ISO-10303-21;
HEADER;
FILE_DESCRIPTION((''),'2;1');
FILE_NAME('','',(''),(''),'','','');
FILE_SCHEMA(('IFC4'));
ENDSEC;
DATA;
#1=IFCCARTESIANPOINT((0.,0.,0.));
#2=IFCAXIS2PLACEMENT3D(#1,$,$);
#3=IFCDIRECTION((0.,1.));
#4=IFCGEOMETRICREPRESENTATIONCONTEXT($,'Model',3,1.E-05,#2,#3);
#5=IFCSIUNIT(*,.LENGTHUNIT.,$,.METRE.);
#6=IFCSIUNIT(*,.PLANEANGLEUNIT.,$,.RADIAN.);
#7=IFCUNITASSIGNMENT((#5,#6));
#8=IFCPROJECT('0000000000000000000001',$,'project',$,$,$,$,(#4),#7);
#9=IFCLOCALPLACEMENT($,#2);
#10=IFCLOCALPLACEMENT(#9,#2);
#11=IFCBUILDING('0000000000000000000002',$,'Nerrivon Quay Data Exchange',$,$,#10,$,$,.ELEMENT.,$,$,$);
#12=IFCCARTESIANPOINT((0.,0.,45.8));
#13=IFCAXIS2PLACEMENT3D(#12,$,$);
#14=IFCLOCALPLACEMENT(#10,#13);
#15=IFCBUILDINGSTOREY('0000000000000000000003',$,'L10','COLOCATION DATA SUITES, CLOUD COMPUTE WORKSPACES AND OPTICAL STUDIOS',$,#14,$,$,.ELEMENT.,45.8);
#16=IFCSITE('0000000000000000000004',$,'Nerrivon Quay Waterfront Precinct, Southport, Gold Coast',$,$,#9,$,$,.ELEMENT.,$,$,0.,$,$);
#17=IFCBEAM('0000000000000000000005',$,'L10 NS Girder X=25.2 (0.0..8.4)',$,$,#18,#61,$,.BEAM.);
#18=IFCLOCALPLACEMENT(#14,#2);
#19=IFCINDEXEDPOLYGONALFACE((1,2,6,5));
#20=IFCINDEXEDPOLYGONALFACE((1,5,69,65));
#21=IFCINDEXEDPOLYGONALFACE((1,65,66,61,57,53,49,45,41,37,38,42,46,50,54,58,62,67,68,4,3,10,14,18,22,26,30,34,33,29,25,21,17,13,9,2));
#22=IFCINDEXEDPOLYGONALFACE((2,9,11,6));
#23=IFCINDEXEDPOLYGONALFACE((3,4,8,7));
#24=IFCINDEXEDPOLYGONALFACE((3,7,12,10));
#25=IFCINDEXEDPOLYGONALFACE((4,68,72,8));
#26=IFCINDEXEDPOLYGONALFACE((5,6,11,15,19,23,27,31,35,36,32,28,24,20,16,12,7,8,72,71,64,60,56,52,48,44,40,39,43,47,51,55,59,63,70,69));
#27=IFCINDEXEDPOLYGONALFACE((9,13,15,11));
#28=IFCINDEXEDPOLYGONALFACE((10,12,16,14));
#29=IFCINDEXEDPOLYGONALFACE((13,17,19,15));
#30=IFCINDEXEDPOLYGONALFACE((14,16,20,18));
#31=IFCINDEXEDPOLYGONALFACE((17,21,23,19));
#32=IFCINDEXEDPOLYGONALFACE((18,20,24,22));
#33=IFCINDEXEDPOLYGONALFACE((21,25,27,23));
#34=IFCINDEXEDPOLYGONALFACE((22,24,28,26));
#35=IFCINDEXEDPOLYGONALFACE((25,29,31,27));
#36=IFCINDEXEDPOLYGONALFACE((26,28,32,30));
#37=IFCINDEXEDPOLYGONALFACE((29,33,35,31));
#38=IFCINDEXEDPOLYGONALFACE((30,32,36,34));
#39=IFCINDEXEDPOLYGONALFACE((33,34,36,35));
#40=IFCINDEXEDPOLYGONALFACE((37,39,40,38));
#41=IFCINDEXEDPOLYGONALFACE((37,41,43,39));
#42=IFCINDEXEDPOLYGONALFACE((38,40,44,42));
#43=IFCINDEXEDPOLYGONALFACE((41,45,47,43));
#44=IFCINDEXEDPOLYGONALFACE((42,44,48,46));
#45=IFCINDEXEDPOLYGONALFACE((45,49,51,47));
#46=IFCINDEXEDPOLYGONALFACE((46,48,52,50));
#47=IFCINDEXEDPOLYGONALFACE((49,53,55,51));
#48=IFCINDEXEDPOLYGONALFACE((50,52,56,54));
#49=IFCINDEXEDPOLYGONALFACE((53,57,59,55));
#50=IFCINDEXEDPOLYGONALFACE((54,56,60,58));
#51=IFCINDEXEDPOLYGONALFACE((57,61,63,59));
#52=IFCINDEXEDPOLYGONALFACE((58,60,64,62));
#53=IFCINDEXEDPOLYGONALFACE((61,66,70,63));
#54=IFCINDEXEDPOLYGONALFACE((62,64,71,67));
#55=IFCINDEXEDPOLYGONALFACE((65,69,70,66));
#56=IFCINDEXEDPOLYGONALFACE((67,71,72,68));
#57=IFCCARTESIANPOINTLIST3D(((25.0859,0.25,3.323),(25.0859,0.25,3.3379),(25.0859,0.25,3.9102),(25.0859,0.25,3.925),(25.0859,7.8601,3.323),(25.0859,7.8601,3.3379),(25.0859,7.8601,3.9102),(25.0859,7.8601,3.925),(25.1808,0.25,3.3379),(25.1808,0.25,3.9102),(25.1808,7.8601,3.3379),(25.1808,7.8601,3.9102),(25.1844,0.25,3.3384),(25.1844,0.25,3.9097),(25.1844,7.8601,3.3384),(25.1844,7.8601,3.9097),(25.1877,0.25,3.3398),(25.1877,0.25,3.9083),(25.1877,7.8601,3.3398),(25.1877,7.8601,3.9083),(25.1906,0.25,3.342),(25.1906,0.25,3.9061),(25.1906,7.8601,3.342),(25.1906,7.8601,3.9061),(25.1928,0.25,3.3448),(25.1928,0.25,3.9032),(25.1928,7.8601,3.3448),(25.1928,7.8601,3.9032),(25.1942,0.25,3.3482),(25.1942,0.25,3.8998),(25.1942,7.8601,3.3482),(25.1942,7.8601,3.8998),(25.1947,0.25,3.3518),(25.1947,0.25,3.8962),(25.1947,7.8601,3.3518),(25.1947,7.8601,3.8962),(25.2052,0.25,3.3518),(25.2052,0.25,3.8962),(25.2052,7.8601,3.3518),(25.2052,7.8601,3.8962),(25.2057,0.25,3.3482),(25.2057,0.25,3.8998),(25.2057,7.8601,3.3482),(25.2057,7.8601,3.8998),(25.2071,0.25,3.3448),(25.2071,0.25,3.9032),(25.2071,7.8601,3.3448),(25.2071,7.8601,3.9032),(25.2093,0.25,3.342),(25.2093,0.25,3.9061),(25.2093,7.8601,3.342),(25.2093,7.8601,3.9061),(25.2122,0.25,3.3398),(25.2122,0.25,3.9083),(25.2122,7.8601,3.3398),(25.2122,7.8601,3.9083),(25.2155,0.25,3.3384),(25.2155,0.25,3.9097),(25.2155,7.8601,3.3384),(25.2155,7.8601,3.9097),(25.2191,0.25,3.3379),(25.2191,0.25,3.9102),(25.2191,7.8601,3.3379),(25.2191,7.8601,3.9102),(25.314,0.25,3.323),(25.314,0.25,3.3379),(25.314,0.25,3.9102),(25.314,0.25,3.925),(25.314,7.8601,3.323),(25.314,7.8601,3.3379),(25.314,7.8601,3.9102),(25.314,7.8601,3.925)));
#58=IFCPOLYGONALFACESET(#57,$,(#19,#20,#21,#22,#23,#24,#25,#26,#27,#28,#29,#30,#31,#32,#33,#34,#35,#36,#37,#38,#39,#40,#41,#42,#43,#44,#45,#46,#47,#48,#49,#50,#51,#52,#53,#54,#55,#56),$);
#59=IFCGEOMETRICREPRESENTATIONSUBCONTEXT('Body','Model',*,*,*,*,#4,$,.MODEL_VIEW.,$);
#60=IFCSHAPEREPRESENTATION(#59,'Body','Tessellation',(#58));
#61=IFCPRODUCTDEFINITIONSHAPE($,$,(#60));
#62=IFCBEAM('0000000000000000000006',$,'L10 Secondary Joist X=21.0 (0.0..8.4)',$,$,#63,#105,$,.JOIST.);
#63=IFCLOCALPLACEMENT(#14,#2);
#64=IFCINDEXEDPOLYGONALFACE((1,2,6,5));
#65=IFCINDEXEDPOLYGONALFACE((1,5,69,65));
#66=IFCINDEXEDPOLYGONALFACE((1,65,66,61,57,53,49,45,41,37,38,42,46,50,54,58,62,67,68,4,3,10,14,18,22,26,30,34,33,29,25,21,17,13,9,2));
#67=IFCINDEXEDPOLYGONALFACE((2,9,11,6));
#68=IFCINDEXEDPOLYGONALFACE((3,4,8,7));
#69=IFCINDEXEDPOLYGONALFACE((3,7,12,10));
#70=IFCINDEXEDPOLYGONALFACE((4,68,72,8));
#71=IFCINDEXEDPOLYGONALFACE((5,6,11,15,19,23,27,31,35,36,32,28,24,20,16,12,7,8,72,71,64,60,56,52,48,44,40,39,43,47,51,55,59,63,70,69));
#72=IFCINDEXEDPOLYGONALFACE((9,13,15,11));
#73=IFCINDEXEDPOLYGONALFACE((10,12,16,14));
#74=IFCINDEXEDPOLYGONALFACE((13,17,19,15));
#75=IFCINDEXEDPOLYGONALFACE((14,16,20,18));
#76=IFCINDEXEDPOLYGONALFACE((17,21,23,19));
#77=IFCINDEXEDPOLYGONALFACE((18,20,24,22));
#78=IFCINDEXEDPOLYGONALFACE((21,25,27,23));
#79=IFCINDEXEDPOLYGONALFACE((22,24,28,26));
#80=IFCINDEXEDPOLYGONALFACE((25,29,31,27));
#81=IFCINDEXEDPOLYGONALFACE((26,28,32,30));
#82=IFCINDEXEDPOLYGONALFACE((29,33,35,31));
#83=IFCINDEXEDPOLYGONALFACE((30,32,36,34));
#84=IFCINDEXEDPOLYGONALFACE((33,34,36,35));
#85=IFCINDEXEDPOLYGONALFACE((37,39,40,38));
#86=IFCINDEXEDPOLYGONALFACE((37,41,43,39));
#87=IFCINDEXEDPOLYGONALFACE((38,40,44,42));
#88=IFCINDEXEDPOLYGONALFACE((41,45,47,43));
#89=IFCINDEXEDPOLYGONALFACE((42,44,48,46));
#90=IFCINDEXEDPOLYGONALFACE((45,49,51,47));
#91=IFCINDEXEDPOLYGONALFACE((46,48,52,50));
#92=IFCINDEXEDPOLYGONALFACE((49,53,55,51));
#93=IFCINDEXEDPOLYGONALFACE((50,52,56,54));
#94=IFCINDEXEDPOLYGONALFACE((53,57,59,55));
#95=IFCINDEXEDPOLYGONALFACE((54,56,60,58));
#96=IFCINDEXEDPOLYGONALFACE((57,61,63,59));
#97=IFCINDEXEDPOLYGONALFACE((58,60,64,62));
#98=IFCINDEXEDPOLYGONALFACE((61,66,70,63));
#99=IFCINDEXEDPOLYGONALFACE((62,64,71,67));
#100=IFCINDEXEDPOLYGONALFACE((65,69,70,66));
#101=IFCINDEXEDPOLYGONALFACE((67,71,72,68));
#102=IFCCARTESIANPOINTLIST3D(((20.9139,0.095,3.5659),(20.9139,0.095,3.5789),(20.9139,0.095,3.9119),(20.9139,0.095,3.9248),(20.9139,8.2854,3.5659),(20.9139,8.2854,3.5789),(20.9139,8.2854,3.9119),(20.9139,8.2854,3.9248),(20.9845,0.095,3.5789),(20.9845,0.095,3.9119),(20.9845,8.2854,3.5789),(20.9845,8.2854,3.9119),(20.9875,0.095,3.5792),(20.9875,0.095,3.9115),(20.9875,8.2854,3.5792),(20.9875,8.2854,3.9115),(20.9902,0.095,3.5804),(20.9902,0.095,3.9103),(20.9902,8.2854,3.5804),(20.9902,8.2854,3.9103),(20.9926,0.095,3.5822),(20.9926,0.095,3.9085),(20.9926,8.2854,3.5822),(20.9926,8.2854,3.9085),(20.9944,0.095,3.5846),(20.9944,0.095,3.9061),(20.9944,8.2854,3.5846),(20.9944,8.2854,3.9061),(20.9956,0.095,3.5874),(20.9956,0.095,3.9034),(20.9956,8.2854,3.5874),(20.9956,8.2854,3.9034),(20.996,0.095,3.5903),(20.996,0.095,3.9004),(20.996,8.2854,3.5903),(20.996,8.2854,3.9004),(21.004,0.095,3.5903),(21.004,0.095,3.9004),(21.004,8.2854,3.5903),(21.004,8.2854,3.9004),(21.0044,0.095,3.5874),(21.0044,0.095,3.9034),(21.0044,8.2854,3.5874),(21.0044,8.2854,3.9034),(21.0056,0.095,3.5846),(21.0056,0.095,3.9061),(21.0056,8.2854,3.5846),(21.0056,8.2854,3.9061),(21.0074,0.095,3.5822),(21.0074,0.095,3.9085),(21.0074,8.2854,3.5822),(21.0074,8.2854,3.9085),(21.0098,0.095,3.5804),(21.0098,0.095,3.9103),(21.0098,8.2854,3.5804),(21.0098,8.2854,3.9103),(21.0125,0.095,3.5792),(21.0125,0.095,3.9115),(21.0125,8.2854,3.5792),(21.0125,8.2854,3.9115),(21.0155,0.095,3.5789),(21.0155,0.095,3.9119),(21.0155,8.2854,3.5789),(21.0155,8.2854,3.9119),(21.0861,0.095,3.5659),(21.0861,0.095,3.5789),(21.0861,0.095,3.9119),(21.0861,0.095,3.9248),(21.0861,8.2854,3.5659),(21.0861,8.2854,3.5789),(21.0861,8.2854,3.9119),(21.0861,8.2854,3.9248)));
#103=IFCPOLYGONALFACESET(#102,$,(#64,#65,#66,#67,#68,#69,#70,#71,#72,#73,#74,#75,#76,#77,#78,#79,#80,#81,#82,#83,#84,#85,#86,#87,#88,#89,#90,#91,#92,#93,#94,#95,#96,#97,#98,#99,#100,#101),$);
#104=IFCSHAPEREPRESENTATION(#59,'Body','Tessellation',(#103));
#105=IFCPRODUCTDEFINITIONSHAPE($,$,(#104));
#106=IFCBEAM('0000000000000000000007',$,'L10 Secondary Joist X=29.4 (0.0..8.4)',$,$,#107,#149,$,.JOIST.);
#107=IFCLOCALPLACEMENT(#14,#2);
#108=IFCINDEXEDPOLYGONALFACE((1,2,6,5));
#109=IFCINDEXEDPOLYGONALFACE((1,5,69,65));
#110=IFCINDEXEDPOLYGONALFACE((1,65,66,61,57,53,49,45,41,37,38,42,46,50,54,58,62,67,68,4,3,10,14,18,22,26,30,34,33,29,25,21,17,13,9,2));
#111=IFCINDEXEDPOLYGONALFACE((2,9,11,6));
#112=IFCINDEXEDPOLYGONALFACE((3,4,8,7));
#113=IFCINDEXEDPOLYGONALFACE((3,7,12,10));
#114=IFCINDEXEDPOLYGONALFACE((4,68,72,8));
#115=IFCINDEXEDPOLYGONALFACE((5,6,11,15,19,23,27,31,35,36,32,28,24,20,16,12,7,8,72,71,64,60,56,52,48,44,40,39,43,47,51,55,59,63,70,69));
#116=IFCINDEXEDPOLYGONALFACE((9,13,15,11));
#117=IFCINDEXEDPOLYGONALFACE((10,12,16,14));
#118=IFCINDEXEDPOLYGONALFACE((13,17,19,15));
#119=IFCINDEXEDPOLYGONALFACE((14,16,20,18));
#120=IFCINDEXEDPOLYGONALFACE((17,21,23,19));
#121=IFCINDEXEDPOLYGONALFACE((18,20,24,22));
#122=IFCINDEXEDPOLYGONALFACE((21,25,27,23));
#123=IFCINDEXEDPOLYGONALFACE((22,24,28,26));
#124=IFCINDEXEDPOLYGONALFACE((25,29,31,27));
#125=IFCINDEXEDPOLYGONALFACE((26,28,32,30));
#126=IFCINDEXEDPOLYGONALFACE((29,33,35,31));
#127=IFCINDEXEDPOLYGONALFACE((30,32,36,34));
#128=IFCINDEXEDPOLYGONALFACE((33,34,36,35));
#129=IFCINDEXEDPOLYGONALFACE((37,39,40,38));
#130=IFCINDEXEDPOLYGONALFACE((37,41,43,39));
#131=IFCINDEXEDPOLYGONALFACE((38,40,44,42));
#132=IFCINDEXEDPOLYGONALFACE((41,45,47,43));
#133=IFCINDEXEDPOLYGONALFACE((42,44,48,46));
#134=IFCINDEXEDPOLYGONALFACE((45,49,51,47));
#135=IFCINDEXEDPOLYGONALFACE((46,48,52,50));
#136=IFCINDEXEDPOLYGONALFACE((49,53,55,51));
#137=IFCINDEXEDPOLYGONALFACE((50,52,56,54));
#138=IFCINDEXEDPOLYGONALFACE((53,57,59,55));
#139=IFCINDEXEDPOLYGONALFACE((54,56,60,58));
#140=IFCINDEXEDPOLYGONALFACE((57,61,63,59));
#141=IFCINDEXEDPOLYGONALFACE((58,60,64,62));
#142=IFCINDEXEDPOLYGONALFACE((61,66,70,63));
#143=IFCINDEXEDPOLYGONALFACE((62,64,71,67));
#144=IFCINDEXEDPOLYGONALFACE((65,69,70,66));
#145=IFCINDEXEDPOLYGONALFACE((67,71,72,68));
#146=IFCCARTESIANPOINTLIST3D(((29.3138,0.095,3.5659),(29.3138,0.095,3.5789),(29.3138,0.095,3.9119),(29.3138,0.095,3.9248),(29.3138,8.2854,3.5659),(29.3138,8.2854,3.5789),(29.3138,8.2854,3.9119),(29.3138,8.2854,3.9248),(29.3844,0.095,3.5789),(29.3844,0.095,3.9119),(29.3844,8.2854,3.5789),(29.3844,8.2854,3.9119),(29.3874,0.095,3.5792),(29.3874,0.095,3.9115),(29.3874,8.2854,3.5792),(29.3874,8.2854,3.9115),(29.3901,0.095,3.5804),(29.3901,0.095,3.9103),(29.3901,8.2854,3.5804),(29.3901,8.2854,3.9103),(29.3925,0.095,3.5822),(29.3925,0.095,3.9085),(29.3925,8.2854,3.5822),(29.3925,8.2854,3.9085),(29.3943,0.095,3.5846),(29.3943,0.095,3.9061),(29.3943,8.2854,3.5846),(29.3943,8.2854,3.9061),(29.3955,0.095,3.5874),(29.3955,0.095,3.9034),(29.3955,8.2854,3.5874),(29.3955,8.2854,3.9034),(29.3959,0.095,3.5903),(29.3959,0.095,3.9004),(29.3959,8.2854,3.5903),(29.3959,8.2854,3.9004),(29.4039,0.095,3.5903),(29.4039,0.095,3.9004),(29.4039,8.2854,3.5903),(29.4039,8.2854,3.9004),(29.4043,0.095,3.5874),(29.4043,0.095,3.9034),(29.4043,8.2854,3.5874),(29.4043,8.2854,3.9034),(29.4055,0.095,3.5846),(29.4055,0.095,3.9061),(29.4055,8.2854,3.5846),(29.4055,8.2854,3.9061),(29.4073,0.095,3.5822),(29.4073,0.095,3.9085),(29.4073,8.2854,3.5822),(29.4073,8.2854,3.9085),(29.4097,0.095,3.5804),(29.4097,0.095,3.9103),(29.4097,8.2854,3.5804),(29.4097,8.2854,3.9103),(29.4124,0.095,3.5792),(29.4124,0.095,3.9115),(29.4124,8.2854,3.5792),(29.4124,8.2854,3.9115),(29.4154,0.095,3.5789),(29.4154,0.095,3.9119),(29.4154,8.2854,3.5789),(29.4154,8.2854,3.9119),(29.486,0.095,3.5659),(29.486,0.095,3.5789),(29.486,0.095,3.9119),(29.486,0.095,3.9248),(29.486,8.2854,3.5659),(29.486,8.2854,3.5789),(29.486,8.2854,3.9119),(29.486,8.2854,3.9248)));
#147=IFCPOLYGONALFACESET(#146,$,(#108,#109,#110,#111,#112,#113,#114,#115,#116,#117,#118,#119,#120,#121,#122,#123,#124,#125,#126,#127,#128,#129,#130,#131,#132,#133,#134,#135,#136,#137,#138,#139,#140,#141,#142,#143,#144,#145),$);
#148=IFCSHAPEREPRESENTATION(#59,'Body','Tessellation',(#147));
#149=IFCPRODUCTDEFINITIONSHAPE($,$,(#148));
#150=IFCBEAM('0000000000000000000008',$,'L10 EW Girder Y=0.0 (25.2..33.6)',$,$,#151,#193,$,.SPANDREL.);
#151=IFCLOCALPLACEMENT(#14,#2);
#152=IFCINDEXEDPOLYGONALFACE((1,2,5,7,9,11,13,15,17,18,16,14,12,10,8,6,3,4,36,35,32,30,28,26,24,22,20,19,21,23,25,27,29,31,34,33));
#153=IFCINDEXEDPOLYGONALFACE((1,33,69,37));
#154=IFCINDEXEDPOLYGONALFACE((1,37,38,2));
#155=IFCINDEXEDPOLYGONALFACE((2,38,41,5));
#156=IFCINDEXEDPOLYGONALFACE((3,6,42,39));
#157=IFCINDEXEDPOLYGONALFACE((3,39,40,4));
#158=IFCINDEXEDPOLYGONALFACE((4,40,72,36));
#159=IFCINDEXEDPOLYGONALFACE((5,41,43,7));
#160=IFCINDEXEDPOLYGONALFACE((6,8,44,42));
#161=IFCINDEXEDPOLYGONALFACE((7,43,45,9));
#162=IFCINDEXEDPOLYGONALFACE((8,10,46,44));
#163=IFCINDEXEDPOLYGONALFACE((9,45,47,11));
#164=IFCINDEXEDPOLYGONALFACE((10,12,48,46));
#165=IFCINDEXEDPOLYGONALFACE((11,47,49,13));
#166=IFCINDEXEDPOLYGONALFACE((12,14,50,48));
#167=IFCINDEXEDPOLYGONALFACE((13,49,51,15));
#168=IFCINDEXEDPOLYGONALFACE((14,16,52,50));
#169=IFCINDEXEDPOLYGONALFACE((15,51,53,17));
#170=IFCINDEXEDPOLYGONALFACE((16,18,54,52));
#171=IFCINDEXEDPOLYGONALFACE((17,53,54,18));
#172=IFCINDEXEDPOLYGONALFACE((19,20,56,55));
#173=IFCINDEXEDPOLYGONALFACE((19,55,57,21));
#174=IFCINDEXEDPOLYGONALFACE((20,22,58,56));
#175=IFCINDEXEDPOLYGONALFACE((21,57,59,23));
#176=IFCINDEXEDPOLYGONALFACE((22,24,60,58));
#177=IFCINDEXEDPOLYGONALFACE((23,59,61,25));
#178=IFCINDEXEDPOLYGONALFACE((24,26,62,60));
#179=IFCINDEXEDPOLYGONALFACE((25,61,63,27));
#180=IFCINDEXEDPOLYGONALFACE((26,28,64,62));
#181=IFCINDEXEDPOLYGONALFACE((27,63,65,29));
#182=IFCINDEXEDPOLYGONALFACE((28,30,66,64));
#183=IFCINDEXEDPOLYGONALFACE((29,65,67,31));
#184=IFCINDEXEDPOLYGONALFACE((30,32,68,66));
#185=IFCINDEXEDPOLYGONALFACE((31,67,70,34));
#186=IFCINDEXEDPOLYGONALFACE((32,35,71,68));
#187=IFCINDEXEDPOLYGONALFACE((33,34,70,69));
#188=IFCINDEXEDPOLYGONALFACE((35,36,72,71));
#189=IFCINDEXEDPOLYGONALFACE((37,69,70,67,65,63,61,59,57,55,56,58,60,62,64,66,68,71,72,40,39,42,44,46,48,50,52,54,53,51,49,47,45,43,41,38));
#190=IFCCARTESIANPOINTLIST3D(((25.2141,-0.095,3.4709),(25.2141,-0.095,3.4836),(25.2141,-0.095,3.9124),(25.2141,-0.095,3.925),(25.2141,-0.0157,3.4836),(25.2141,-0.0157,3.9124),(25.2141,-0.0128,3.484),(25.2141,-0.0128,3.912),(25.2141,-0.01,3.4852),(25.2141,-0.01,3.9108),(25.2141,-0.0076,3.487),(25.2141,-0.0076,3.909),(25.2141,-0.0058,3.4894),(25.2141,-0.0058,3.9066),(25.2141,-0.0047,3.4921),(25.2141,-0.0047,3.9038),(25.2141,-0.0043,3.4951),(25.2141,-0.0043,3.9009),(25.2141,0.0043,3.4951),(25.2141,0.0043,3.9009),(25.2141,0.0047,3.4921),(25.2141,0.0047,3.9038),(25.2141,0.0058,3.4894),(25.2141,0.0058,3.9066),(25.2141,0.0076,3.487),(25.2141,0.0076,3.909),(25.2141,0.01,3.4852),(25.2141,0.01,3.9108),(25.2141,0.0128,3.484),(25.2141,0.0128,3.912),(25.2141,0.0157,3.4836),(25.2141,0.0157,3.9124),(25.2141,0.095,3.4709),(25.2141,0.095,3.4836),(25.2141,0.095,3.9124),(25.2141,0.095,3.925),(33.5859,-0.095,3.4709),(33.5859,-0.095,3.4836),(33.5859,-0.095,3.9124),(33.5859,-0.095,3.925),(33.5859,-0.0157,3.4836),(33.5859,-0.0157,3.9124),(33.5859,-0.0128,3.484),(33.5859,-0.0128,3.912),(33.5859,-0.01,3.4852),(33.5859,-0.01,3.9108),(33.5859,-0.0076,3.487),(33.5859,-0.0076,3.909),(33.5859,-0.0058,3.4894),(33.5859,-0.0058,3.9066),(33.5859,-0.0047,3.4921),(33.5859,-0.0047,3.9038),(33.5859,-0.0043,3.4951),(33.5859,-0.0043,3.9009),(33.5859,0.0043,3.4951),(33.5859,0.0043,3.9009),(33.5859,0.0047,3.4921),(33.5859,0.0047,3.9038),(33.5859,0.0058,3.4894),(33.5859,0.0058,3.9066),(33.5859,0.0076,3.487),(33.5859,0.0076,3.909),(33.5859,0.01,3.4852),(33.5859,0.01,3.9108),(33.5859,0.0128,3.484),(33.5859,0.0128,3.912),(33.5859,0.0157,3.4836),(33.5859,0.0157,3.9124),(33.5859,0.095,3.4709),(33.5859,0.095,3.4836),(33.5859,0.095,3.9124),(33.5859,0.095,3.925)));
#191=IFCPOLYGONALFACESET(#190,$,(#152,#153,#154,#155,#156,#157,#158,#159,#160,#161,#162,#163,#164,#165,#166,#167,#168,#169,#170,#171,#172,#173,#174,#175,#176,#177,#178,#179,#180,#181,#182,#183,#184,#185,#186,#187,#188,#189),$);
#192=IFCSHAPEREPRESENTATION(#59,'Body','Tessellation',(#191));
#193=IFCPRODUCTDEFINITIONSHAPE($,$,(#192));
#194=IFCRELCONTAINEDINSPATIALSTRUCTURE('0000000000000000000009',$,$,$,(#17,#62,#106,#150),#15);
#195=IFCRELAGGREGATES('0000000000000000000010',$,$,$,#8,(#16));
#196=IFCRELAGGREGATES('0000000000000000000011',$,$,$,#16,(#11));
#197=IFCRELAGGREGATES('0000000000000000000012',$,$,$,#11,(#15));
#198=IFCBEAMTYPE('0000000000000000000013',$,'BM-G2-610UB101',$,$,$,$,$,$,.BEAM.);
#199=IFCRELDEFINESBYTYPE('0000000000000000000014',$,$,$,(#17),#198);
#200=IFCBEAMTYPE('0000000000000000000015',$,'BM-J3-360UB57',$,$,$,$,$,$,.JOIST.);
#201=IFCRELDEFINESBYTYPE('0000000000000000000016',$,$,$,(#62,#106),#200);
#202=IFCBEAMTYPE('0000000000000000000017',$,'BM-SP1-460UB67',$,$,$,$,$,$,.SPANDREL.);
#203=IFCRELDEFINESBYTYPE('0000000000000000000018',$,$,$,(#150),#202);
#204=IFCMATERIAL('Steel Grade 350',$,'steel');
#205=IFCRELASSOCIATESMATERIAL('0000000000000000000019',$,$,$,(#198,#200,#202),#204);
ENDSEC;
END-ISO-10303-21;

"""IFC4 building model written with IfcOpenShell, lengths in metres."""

from ifc_helpers import new_model, si_unit, direction, frame, origin, origin_2d, place, context, subcontext, project, spatial, i_section, extrude, material, material_profile, profile_set, type_object, element, save


model = new_model("IFC4")

# Units and contexts
model_context = context("Model", 3, precision=1e-05, world=origin(), true_north=direction((0.0, 1.0)))
body_context = subcontext(model_context, "Body", "Model", "MODEL_VIEW")
ifc_project = project(units=[si_unit("LENGTHUNIT", "METRE"), si_unit("PLANEANGLEUNIT", "RADIAN")], contexts=[model_context])

# Site, building, storey
site_placement = place(None, origin())
site = spatial("IfcSite", under=ifc_project, at=site_placement, Name="Nerrivon Quay Waterfront Precinct, Southport, Gold Coast", CompositionType="ELEMENT", RefElevation=0.0)
building_placement = place(site_placement, origin())
building = spatial("IfcBuilding", under=site, at=building_placement, Name="Nerrivon Quay Data Exchange", CompositionType="ELEMENT")
storey_placement = place(building_placement, frame((0.0, 0.0, 45.8)))
storey = spatial("IfcBuildingStorey", under=building, at=storey_placement, Name="L10", Description="COLOCATION DATA SUITES, CLOUD COMPUTE WORKSPACES AND OPTICAL STUDIOS", CompositionType="ELEMENT", Elevation=45.8)

# Shared definitions
ifc_material_1 = material(Name="Steel Grade 350", Category="steel")

# Beams
ifc_material_profile_1 = material_profile(ifc_material_1, i_section(OverallWidth=0.228, OverallDepth=0.6021, WebThickness=0.0105, FlangeThickness=0.0149, FilletRadius=0.0139, at=origin_2d()), Name="610UB101")
ifc_profile_set_1 = profile_set([ifc_material_profile_1], Name="Steel Grade 350")
beam_type_1 = type_object("IfcBeamType", Name="BM-G2-610UB101", PredefinedType="BEAM", material=ifc_profile_set_1)
beam_1_placement = place(storey_placement, frame((25.2, 0.25, 3.624), z_axis=(0.0, 1.0, 0.0), x_axis=(-1.0, 0.0, 0.0)))
element("IfcBeam", 1, at=beam_1_placement, inside=storey, type_object=beam_type_1, Name="L10 NS Girder X=25.2 (0.0..8.4)", PredefinedType="BEAM", context=body_context, shape_type="SweptSolid", body=[
    extrude(i_section(OverallWidth=0.228, OverallDepth=0.6021, WebThickness=0.0105, FlangeThickness=0.0149, FilletRadius=0.0139, at=origin_2d()), origin(), (0.0, 0.0, 1.0), 7.6101),
])
ifc_material_profile_2 = material_profile(ifc_material_1, i_section(OverallWidth=0.1721, OverallDepth=0.3589, WebThickness=0.0081, FlangeThickness=0.0129, FilletRadius=0.0115, at=origin_2d()), Name="360UB56.7")
ifc_profile_set_2 = profile_set([ifc_material_profile_2], Name="Steel Grade 350")
beam_type_2 = type_object("IfcBeamType", Name="BM-J3-360UB57", PredefinedType="JOIST", material=ifc_profile_set_2)
for number, where, z_axis, x_axis, name in (
    (2, (21.0, 0.095, 3.7454), (0.0, 1.0, 0.0), (-1.0, 0.0, 0.0), "L10 Secondary Joist X=21.0 (0.0..8.4)"),
    (3, (29.3999, 0.095, 3.7454), (0.0, 1.0, 0.0), (-1.0, 0.0, 0.0), "L10 Secondary Joist X=29.4 (0.0..8.4)"),
):
    element("IfcBeam", number, at=place(storey_placement, frame(where, z_axis=z_axis, x_axis=x_axis)), inside=storey, type_object=beam_type_2, Name=name, PredefinedType="JOIST", context=body_context, shape_type="SweptSolid", body=[
        extrude(i_section(OverallWidth=0.1721, OverallDepth=0.3589, WebThickness=0.0081, FlangeThickness=0.0129, FilletRadius=0.0115, at=origin_2d()), origin(), (0.0, 0.0, 1.0), 8.1904),
    ])
ifc_material_profile_3 = material_profile(ifc_material_1, i_section(OverallWidth=0.1899, OverallDepth=0.4541, WebThickness=0.0085, FlangeThickness=0.0127, FilletRadius=0.0115, at=origin_2d()), Name="460UB67.1")
ifc_profile_set_3 = profile_set([ifc_material_profile_3], Name="Steel Grade 350")
beam_type_3 = type_object("IfcBeamType", Name="BM-SP1-460UB67", PredefinedType="SPANDREL", material=ifc_profile_set_3)
beam_2_placement = place(storey_placement, frame((25.2141, 0.0, 3.698), z_axis=(1.0, 0.0, 0.0), x_axis=(0.0, 1.0, 0.0)))
element("IfcBeam", 4, at=beam_2_placement, inside=storey, type_object=beam_type_3, Name="L10 EW Girder Y=0.0 (25.2..33.6)", PredefinedType="SPANDREL", context=body_context, shape_type="SweptSolid", body=[
    extrude(i_section(OverallWidth=0.1899, OverallDepth=0.4541, WebThickness=0.0085, FlangeThickness=0.0127, FilletRadius=0.0115, at=origin_2d()), origin(), (0.0, 0.0, 1.0), 8.3718),
])

save(model, "model.ifc")
